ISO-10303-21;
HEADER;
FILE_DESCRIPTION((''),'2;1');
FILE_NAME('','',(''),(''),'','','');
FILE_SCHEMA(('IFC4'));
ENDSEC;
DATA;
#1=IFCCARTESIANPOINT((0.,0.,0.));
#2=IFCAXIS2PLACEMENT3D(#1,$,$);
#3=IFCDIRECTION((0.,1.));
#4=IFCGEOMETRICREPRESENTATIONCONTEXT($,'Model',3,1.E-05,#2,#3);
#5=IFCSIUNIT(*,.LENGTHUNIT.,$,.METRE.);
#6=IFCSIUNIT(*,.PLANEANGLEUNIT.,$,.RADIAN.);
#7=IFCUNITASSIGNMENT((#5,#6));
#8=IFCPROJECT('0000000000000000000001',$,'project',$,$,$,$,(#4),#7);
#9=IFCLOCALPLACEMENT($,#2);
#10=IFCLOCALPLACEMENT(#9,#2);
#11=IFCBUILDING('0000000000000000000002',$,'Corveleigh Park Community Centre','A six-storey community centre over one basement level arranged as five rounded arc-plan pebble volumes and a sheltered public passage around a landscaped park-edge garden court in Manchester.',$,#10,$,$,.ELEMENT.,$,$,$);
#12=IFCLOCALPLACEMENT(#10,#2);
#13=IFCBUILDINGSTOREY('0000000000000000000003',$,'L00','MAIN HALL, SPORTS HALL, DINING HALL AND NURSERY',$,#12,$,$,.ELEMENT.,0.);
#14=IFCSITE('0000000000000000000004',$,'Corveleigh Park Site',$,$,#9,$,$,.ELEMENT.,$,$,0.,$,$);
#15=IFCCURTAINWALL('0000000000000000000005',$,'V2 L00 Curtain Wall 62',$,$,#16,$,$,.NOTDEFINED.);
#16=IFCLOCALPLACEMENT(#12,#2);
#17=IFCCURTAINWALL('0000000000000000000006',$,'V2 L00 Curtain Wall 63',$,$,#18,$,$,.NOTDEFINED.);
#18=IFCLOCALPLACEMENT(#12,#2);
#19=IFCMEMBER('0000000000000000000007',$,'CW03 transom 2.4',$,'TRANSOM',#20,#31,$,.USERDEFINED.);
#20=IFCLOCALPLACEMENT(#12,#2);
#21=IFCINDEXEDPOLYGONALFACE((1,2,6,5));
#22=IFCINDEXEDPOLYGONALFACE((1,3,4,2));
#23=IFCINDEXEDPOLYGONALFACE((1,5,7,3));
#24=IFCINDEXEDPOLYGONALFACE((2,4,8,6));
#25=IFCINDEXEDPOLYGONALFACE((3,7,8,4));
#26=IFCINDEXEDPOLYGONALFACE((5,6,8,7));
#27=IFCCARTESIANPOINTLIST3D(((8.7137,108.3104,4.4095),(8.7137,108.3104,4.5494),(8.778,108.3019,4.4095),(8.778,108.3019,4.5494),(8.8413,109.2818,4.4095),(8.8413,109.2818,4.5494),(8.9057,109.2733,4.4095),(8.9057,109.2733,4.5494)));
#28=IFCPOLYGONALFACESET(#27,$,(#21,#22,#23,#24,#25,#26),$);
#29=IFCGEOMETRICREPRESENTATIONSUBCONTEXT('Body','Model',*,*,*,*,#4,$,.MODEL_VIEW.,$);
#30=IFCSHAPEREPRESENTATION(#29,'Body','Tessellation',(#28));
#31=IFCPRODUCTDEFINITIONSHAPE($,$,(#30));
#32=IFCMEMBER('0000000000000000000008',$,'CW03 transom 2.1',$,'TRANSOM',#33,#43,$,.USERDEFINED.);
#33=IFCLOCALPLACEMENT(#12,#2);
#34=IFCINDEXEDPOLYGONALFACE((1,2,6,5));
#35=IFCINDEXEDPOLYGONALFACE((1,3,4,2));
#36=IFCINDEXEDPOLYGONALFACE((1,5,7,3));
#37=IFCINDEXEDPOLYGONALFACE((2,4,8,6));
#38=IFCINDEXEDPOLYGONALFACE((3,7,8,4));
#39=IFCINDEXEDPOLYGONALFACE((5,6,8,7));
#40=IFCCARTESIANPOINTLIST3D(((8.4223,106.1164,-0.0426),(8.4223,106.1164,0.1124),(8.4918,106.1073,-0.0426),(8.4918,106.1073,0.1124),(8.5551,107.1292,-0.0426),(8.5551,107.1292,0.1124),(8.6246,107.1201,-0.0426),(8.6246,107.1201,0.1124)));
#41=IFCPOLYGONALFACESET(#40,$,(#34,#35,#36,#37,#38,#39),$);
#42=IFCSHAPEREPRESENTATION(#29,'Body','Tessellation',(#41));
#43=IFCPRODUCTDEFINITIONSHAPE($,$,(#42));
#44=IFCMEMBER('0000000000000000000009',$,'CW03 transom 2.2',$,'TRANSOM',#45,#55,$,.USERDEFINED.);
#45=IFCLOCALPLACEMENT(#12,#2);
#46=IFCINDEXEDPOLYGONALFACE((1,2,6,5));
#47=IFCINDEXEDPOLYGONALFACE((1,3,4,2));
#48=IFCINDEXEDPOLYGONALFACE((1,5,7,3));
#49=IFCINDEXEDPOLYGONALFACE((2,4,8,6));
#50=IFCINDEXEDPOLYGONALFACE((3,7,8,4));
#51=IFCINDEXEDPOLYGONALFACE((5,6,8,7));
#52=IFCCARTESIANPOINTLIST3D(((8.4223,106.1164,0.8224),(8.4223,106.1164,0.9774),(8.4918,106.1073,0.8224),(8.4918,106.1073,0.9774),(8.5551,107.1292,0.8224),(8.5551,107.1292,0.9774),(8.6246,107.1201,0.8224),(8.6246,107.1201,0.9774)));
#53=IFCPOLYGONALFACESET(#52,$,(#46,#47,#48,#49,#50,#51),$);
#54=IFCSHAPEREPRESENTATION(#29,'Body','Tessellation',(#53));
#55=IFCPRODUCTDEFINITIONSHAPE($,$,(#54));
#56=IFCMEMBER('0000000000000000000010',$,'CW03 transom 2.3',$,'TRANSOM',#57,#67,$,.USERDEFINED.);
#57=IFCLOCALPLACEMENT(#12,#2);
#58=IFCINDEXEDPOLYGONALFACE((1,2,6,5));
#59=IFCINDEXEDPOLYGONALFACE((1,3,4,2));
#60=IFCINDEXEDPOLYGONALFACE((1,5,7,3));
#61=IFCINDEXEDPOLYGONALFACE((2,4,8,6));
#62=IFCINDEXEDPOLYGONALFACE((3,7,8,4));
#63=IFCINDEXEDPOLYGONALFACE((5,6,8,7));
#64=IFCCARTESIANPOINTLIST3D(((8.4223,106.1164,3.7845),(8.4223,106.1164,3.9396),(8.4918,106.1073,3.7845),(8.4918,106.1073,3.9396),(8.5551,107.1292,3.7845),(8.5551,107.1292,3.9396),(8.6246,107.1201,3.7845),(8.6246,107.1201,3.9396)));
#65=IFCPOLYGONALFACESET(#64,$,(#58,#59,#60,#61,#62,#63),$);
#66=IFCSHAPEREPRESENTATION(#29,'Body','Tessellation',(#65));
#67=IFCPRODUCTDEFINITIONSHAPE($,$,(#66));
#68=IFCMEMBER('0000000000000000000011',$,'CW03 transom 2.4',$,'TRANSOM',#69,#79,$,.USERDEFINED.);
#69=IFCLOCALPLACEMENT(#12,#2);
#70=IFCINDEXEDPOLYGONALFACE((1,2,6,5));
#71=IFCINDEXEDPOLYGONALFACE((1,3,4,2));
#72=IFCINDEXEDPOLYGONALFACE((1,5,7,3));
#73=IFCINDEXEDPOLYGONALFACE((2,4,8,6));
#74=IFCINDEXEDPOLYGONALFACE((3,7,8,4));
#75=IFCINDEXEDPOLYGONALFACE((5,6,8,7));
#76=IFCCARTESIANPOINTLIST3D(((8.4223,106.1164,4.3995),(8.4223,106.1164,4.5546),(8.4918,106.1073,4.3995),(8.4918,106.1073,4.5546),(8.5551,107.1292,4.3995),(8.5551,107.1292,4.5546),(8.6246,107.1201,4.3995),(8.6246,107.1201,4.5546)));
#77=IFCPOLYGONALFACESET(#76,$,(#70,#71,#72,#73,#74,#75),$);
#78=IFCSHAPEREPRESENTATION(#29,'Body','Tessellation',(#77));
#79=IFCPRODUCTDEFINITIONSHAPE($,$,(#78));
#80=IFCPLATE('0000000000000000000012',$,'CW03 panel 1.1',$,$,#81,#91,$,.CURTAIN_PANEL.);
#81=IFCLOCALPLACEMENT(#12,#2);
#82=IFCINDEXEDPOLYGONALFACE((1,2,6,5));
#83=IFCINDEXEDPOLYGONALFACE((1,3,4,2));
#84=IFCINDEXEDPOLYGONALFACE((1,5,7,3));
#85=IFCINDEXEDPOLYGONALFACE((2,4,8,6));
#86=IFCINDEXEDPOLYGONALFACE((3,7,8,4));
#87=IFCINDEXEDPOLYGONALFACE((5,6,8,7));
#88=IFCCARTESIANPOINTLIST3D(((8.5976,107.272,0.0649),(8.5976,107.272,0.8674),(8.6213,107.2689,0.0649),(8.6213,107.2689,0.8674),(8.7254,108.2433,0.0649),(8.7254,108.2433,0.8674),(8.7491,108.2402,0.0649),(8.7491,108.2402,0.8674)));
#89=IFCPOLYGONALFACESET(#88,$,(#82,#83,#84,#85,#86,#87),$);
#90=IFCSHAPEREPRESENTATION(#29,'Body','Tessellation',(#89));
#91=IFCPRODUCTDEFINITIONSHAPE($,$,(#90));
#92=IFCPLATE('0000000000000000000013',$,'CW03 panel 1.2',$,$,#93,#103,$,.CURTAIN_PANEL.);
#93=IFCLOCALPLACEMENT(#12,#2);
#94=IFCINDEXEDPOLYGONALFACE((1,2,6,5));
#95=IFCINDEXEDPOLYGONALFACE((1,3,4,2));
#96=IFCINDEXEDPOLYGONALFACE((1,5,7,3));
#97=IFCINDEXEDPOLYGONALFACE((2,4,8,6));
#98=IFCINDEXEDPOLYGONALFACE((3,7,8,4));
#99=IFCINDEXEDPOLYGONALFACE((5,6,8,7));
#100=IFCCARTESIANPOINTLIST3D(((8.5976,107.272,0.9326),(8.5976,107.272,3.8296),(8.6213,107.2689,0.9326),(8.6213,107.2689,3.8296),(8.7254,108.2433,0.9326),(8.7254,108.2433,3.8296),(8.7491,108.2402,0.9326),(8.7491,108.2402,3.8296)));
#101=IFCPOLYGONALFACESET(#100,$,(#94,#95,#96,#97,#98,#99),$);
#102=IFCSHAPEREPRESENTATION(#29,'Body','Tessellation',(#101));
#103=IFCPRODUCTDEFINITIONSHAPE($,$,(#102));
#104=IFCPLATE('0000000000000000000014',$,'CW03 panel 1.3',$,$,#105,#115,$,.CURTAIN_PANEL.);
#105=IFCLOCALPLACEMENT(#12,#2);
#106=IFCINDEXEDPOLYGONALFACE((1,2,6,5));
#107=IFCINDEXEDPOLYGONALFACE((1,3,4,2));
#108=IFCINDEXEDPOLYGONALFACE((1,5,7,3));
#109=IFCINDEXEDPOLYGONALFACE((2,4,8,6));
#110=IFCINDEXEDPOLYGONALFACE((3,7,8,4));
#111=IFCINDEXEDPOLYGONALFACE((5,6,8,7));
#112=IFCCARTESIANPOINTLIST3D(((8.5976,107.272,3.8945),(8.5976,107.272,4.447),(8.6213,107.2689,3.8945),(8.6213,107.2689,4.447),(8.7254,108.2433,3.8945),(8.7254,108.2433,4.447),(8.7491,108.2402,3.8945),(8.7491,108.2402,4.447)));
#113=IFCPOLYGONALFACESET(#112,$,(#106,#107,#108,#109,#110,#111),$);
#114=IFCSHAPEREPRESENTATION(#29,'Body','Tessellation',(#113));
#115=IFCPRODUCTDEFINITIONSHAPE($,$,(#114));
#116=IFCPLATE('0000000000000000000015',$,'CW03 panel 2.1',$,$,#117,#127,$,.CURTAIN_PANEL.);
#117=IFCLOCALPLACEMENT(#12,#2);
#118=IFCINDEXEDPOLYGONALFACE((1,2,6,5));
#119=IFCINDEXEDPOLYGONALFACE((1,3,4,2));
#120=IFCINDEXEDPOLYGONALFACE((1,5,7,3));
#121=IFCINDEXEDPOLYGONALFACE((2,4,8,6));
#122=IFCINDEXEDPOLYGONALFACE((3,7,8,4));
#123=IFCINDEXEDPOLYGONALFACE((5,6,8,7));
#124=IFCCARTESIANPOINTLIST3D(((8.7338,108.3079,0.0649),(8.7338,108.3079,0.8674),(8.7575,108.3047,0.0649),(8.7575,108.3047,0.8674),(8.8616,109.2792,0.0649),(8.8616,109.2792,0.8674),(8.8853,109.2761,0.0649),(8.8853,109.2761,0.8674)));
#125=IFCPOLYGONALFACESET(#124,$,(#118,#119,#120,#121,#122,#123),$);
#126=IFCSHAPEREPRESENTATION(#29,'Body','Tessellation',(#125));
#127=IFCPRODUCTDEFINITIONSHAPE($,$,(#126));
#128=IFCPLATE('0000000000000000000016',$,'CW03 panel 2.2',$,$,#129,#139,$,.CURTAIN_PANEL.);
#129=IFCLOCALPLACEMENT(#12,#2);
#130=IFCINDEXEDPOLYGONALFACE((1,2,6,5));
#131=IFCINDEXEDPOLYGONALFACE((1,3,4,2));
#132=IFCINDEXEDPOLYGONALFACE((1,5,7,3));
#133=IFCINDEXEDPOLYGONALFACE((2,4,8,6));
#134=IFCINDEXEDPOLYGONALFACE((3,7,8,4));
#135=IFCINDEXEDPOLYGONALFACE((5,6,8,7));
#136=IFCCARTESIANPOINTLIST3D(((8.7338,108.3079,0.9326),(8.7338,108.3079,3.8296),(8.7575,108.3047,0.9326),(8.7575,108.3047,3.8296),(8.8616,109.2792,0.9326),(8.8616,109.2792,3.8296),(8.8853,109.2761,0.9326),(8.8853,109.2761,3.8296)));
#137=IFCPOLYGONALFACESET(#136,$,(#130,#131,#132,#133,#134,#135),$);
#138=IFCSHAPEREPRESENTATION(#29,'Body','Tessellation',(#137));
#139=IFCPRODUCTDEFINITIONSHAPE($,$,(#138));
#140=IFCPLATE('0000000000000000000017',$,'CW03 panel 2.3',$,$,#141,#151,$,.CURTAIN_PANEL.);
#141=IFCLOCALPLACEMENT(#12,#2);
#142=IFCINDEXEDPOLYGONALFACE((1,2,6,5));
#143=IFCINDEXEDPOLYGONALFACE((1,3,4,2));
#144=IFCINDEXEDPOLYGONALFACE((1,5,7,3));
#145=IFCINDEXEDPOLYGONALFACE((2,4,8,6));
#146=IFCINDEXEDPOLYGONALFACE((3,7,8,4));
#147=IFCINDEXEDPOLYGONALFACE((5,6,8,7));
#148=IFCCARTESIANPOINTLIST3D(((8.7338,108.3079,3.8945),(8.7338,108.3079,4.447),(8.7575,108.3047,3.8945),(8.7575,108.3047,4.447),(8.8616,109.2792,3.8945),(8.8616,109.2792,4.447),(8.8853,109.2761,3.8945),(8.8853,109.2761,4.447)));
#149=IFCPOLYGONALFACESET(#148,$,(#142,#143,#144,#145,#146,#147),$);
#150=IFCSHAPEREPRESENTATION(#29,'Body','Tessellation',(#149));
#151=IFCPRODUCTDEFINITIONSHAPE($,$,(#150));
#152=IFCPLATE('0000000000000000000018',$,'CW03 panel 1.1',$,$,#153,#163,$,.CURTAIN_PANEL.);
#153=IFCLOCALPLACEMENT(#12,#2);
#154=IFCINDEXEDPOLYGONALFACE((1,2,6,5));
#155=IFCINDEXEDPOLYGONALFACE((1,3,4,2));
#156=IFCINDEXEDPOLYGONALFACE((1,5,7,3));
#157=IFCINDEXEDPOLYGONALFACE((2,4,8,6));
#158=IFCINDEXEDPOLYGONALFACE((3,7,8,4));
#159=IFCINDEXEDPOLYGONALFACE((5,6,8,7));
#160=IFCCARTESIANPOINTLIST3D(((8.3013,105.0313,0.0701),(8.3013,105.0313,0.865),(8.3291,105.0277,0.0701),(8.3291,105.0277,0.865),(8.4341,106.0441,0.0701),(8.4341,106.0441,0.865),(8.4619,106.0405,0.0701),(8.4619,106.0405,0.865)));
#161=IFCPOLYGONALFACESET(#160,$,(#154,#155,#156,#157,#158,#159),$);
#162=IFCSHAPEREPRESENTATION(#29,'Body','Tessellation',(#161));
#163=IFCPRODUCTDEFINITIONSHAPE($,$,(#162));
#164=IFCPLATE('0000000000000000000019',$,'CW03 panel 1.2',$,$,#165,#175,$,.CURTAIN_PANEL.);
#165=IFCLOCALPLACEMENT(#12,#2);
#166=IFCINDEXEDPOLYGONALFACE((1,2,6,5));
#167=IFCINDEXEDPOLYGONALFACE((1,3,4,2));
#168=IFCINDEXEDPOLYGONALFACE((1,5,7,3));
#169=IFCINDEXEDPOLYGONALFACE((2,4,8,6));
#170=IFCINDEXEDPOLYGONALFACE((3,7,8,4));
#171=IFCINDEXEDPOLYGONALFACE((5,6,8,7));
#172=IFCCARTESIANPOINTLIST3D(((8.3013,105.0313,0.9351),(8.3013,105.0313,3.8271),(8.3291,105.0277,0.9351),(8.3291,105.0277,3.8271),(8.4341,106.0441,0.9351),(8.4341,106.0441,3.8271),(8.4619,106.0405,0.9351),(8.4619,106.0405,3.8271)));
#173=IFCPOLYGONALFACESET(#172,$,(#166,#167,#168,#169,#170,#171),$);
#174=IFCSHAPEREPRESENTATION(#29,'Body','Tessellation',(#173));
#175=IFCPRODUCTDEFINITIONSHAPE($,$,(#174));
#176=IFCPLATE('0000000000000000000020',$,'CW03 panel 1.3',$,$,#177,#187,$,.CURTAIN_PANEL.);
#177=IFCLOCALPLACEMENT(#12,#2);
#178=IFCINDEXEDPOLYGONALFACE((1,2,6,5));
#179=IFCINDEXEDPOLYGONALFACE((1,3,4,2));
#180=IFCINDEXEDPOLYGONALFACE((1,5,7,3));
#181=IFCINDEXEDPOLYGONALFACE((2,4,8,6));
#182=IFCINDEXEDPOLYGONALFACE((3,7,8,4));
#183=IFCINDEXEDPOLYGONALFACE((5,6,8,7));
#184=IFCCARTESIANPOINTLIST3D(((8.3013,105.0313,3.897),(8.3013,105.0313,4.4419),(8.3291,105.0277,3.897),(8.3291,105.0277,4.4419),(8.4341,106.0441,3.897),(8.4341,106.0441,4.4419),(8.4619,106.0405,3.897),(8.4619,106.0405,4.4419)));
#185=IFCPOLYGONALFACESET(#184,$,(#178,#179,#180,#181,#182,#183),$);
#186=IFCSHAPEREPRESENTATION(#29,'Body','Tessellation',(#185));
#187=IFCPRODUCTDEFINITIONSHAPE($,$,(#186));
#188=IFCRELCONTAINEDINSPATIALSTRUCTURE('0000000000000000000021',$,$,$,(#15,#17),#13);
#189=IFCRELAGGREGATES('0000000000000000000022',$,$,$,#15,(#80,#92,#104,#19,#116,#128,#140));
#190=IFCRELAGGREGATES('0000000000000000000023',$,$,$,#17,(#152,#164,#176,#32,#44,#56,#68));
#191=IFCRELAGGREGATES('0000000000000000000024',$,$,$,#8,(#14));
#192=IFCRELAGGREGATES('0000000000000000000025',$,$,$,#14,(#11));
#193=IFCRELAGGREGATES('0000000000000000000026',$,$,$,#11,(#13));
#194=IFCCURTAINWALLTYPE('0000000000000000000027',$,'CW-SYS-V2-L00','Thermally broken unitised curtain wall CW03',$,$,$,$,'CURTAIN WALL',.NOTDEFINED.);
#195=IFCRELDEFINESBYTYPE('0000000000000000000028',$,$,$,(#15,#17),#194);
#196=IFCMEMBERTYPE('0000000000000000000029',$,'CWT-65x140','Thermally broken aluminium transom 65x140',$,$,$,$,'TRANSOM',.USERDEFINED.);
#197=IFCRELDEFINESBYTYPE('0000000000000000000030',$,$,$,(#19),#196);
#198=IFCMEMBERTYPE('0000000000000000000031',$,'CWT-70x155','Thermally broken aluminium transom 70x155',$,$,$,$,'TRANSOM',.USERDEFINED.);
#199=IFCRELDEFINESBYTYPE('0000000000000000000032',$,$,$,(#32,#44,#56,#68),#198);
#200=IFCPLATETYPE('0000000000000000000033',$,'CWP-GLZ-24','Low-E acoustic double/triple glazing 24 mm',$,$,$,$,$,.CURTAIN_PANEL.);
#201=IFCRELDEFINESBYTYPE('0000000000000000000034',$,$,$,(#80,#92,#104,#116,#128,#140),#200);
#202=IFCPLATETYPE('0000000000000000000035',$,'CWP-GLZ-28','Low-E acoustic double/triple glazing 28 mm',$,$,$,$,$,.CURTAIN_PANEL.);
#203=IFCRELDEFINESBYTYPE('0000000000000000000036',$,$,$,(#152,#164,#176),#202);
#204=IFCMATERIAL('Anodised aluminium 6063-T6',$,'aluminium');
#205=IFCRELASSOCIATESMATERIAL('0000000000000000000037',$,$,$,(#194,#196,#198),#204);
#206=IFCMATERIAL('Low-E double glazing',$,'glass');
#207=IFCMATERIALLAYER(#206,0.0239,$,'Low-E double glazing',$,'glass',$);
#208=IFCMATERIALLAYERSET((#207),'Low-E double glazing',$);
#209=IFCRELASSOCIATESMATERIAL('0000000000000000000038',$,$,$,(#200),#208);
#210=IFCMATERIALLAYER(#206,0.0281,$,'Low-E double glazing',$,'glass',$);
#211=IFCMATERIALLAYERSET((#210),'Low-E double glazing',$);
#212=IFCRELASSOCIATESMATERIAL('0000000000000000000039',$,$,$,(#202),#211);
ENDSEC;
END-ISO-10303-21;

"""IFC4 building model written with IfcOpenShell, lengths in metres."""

from ifc_helpers import new_model, si_unit, direction, frame, origin, origin_2d, place, context, subcontext, project, spatial, rectangle, extrude, material, layer, layer_set, material_profile, profile_set, type_object, element, aggregate, save


model = new_model("IFC4")

# Units and contexts
model_context = context("Model", 3, precision=1e-05, world=origin(), true_north=direction((0.0, 1.0)))
body_context = subcontext(model_context, "Body", "Model", "MODEL_VIEW")
ifc_project = project(units=[si_unit("LENGTHUNIT", "METRE"), si_unit("PLANEANGLEUNIT", "RADIAN")], contexts=[model_context])

# Site, building, storey
site_placement = place(None, origin())
site = spatial("IfcSite", under=ifc_project, at=site_placement, Name="Corveleigh Park Site", CompositionType="ELEMENT", RefElevation=0.0)
building_placement = place(site_placement, origin())
building = spatial("IfcBuilding", under=site, at=building_placement, Name="Corveleigh Park Community Centre", Description="A six-storey community centre over one basement level arranged as five rounded arc-plan pebble volumes and a sheltered public passage around a landscaped park-edge garden court in Manchester.", CompositionType="ELEMENT")
storey_placement = place(building_placement, origin())
storey = spatial("IfcBuildingStorey", under=building, at=storey_placement, Name="L00", Description="MAIN HALL, SPORTS HALL, DINING HALL AND NURSERY", CompositionType="ELEMENT", Elevation=0.0)

# Shared definitions
ifc_material_1 = material(Name="Anodised aluminium 6063-T6", Category="aluminium")
curtain_wall_type = type_object("IfcCurtainWallType", Name="CW-SYS-V2-L00", Description="Thermally broken unitised curtain wall CW03", ElementType="CURTAIN WALL", PredefinedType="NOTDEFINED", material=ifc_material_1)

# Curtain walls
curtain_wall_1_placement = place(storey_placement, origin())
curtain_wall_1 = element("IfcCurtainWall", 1, at=curtain_wall_1_placement, inside=storey, type_object=curtain_wall_type, Name="V2 L00 Curtain Wall 62", PredefinedType="NOTDEFINED")
curtain_wall_2_placement = place(storey_placement, origin())
curtain_wall_2 = element("IfcCurtainWall", 2, at=curtain_wall_2_placement, inside=storey, type_object=curtain_wall_type, Name="V2 L00 Curtain Wall 63", PredefinedType="NOTDEFINED")

# Members
ifc_material_profile_1 = material_profile(ifc_material_1, rectangle(XDim=0.0649, YDim=0.1399, at=origin_2d()), Name="ALU-T65x140", Category="aluminium")
ifc_profile_set_1 = profile_set([ifc_material_profile_1], Name="Anodised aluminium 6063-T6")
member_type_1 = type_object("IfcMemberType", Name="CWT-65x140", Description="Thermally broken aluminium transom 65x140", ElementType="TRANSOM", PredefinedType="USERDEFINED", material=ifc_profile_set_1)
member_1_placement = place(storey_placement, frame((8.7458, 108.3062, 4.4795), z_axis=(0.130319, 0.991472, 0.0), x_axis=(-0.991472, 0.130319, 0.0)))
member_1 = element("IfcMember", 3, at=member_1_placement, type_object=member_type_1, Name="CW03 transom 2.4", ObjectType="TRANSOM", PredefinedType="USERDEFINED", context=body_context, shape_type="SweptSolid", body=[
    extrude(rectangle(XDim=0.0649, YDim=0.1399, at=origin_2d()), origin(), (0.0, 0.0, 1.0), 0.9797),
])
ifc_material_profile_2 = material_profile(ifc_material_1, rectangle(XDim=0.0701, YDim=0.155, at=origin_2d()), Name="ALU-T70x155", Category="aluminium")
ifc_profile_set_2 = profile_set([ifc_material_profile_2], Name="Anodised aluminium 6063-T6")
member_type_2 = type_object("IfcMemberType", Name="CWT-70x155", Description="Thermally broken aluminium transom 70x155", ElementType="TRANSOM", PredefinedType="USERDEFINED", material=ifc_profile_set_2)
member_2_placement = place(storey_placement, frame((8.457, 106.1118, 0.0349), z_axis=(0.130034, 0.99151, 0.0), x_axis=(-0.99151, 0.130034, 0.0)))
member_2 = element("IfcMember", 4, at=member_2_placement, type_object=member_type_2, Name="CW03 transom 2.1", ObjectType="TRANSOM", PredefinedType="USERDEFINED", context=body_context, shape_type="SweptSolid", body=[
    extrude(rectangle(XDim=0.0701, YDim=0.155, at=origin_2d()), origin(), (0.0, 0.0, 1.0), 1.0215),
])
member_3_placement = place(storey_placement, frame((8.457, 106.1118, 0.8999), z_axis=(0.130034, 0.99151, 0.0), x_axis=(-0.99151, 0.130034, 0.0)))
member_3 = element("IfcMember", 5, at=member_3_placement, type_object=member_type_2, Name="CW03 transom 2.2", ObjectType="TRANSOM", PredefinedType="USERDEFINED", context=body_context, shape_type="SweptSolid", body=[
    extrude(rectangle(XDim=0.0701, YDim=0.155, at=origin_2d()), origin(), (0.0, 0.0, 1.0), 1.0215),
])
member_4_placement = place(storey_placement, frame((8.457, 106.1118, 3.8621), z_axis=(0.130034, 0.99151, 0.0), x_axis=(-0.99151, 0.130034, 0.0)))
member_4 = element("IfcMember", 6, at=member_4_placement, type_object=member_type_2, Name="CW03 transom 2.3", ObjectType="TRANSOM", PredefinedType="USERDEFINED", context=body_context, shape_type="SweptSolid", body=[
    extrude(rectangle(XDim=0.0701, YDim=0.155, at=origin_2d()), origin(), (0.0, 0.0, 1.0), 1.0215),
])
member_5_placement = place(storey_placement, frame((8.457, 106.1118, 4.4771), z_axis=(0.130034, 0.99151, 0.0), x_axis=(-0.99151, 0.130034, 0.0)))
member_5 = element("IfcMember", 7, at=member_5_placement, type_object=member_type_2, Name="CW03 transom 2.4", ObjectType="TRANSOM", PredefinedType="USERDEFINED", context=body_context, shape_type="SweptSolid", body=[
    extrude(rectangle(XDim=0.0701, YDim=0.155, at=origin_2d()), origin(), (0.0, 0.0, 1.0), 1.0215),
])

# Plates
ifc_material_2 = material(Name="Low-E double glazing", Category="glass")
ifc_layer_1 = layer(ifc_material_2, 0.0239, Name="Low-E double glazing", Category="glass")
ifc_layer_set_1 = layer_set([ifc_layer_1], Name="Low-E double glazing")
plate_type_1 = type_object("IfcPlateType", Name="CWP-GLZ-24", Description="Low-E acoustic double/triple glazing 24 mm", PredefinedType="CURTAIN_PANEL", material=ifc_layer_set_1)
plate_1_placement = place(storey_placement, frame((8.6733, 107.7561, 0.0649), z_axis=(0.0, 0.0, 1.0), x_axis=(0.13043, 0.991457, 0.0)))
plate_1 = element("IfcPlate", 8, at=plate_1_placement, type_object=plate_type_1, Name="CW03 panel 1.1", PredefinedType="CURTAIN_PANEL", context=body_context, shape_type="SweptSolid", body=[
    extrude(rectangle(XDim=0.9797, YDim=0.0239, at=origin_2d()), origin(), (0.0, 0.0, 1.0), 0.8025),
])
plate_2_placement = place(storey_placement, frame((8.6733, 107.7561, 0.9326), z_axis=(0.0, 0.0, 1.0), x_axis=(0.13043, 0.991457, 0.0)))
plate_2 = element("IfcPlate", 9, at=plate_2_placement, type_object=plate_type_1, Name="CW03 panel 1.2", PredefinedType="CURTAIN_PANEL", context=body_context, shape_type="SweptSolid", body=[
    extrude(rectangle(XDim=0.9797, YDim=0.0239, at=origin_2d()), origin(), (0.0, 0.0, 1.0), 2.897),
])
plate_3_placement = place(storey_placement, frame((8.6733, 107.7561, 3.8945), z_axis=(0.0, 0.0, 1.0), x_axis=(0.13043, 0.991457, 0.0)))
plate_3 = element("IfcPlate", 10, at=plate_3_placement, type_object=plate_type_1, Name="CW03 panel 1.3", PredefinedType="CURTAIN_PANEL", context=body_context, shape_type="SweptSolid", body=[
    extrude(rectangle(XDim=0.9797, YDim=0.0239, at=origin_2d()), origin(), (0.0, 0.0, 1.0), 0.5525),
])
plate_4_placement = place(storey_placement, frame((8.8096, 108.792, 0.0649), z_axis=(0.0, 0.0, 1.0), x_axis=(0.13043, 0.991457, 0.0)))
plate_4 = element("IfcPlate", 11, at=plate_4_placement, type_object=plate_type_1, Name="CW03 panel 2.1", PredefinedType="CURTAIN_PANEL", context=body_context, shape_type="SweptSolid", body=[
    extrude(rectangle(XDim=0.9797, YDim=0.0239, at=origin_2d()), origin(), (0.0, 0.0, 1.0), 0.8025),
])
plate_5_placement = place(storey_placement, frame((8.8096, 108.792, 0.9326), z_axis=(0.0, 0.0, 1.0), x_axis=(0.13043, 0.991457, 0.0)))
plate_5 = element("IfcPlate", 12, at=plate_5_placement, type_object=plate_type_1, Name="CW03 panel 2.2", PredefinedType="CURTAIN_PANEL", context=body_context, shape_type="SweptSolid", body=[
    extrude(rectangle(XDim=0.9797, YDim=0.0239, at=origin_2d()), origin(), (0.0, 0.0, 1.0), 2.897),
])
plate_6_placement = place(storey_placement, frame((8.8096, 108.792, 3.8945), z_axis=(0.0, 0.0, 1.0), x_axis=(0.13043, 0.991457, 0.0)))
plate_6 = element("IfcPlate", 13, at=plate_6_placement, type_object=plate_type_1, Name="CW03 panel 2.3", PredefinedType="CURTAIN_PANEL", context=body_context, shape_type="SweptSolid", body=[
    extrude(rectangle(XDim=0.9797, YDim=0.0239, at=origin_2d()), origin(), (0.0, 0.0, 1.0), 0.5525),
])
aggregate(curtain_wall_1, [plate_1, plate_2, plate_3, member_1, plate_4, plate_5, plate_6])
ifc_layer_2 = layer(ifc_material_2, 0.0281, Name="Low-E double glazing", Category="glass")
ifc_layer_set_2 = layer_set([ifc_layer_2], Name="Low-E double glazing")
plate_type_2 = type_object("IfcPlateType", Name="CWP-GLZ-28", Description="Low-E acoustic double/triple glazing 28 mm", PredefinedType="CURTAIN_PANEL", material=ifc_layer_set_2)
plate_7_placement = place(storey_placement, frame((8.3816, 105.5359, 0.0701), z_axis=(0.0, 0.0, 1.0), x_axis=(0.130041, 0.991509, 0.0)))
plate_7 = element("IfcPlate", 14, at=plate_7_placement, type_object=plate_type_2, Name="CW03 panel 1.1", PredefinedType="CURTAIN_PANEL", context=body_context, shape_type="SweptSolid", body=[
    extrude(rectangle(XDim=1.0215, YDim=0.0281, at=origin_2d()), origin(), (0.0, 0.0, 1.0), 0.7949),
])
plate_8_placement = place(storey_placement, frame((8.3816, 105.5359, 0.9351), z_axis=(0.0, 0.0, 1.0), x_axis=(0.130041, 0.991509, 0.0)))
plate_8 = element("IfcPlate", 15, at=plate_8_placement, type_object=plate_type_2, Name="CW03 panel 1.2", PredefinedType="CURTAIN_PANEL", context=body_context, shape_type="SweptSolid", body=[
    extrude(rectangle(XDim=1.0215, YDim=0.0281, at=origin_2d()), origin(), (0.0, 0.0, 1.0), 2.8921),
])
plate_9_placement = place(storey_placement, frame((8.3816, 105.5359, 3.897), z_axis=(0.0, 0.0, 1.0), x_axis=(0.130041, 0.991509, 0.0)))
plate_9 = element("IfcPlate", 16, at=plate_9_placement, type_object=plate_type_2, Name="CW03 panel 1.3", PredefinedType="CURTAIN_PANEL", context=body_context, shape_type="SweptSolid", body=[
    extrude(rectangle(XDim=1.0215, YDim=0.0281, at=origin_2d()), origin(), (0.0, 0.0, 1.0), 0.5449),
])
aggregate(curtain_wall_2, [plate_7, plate_8, plate_9, member_2, member_3, member_4, member_5])

save(model, "model.ifc")
